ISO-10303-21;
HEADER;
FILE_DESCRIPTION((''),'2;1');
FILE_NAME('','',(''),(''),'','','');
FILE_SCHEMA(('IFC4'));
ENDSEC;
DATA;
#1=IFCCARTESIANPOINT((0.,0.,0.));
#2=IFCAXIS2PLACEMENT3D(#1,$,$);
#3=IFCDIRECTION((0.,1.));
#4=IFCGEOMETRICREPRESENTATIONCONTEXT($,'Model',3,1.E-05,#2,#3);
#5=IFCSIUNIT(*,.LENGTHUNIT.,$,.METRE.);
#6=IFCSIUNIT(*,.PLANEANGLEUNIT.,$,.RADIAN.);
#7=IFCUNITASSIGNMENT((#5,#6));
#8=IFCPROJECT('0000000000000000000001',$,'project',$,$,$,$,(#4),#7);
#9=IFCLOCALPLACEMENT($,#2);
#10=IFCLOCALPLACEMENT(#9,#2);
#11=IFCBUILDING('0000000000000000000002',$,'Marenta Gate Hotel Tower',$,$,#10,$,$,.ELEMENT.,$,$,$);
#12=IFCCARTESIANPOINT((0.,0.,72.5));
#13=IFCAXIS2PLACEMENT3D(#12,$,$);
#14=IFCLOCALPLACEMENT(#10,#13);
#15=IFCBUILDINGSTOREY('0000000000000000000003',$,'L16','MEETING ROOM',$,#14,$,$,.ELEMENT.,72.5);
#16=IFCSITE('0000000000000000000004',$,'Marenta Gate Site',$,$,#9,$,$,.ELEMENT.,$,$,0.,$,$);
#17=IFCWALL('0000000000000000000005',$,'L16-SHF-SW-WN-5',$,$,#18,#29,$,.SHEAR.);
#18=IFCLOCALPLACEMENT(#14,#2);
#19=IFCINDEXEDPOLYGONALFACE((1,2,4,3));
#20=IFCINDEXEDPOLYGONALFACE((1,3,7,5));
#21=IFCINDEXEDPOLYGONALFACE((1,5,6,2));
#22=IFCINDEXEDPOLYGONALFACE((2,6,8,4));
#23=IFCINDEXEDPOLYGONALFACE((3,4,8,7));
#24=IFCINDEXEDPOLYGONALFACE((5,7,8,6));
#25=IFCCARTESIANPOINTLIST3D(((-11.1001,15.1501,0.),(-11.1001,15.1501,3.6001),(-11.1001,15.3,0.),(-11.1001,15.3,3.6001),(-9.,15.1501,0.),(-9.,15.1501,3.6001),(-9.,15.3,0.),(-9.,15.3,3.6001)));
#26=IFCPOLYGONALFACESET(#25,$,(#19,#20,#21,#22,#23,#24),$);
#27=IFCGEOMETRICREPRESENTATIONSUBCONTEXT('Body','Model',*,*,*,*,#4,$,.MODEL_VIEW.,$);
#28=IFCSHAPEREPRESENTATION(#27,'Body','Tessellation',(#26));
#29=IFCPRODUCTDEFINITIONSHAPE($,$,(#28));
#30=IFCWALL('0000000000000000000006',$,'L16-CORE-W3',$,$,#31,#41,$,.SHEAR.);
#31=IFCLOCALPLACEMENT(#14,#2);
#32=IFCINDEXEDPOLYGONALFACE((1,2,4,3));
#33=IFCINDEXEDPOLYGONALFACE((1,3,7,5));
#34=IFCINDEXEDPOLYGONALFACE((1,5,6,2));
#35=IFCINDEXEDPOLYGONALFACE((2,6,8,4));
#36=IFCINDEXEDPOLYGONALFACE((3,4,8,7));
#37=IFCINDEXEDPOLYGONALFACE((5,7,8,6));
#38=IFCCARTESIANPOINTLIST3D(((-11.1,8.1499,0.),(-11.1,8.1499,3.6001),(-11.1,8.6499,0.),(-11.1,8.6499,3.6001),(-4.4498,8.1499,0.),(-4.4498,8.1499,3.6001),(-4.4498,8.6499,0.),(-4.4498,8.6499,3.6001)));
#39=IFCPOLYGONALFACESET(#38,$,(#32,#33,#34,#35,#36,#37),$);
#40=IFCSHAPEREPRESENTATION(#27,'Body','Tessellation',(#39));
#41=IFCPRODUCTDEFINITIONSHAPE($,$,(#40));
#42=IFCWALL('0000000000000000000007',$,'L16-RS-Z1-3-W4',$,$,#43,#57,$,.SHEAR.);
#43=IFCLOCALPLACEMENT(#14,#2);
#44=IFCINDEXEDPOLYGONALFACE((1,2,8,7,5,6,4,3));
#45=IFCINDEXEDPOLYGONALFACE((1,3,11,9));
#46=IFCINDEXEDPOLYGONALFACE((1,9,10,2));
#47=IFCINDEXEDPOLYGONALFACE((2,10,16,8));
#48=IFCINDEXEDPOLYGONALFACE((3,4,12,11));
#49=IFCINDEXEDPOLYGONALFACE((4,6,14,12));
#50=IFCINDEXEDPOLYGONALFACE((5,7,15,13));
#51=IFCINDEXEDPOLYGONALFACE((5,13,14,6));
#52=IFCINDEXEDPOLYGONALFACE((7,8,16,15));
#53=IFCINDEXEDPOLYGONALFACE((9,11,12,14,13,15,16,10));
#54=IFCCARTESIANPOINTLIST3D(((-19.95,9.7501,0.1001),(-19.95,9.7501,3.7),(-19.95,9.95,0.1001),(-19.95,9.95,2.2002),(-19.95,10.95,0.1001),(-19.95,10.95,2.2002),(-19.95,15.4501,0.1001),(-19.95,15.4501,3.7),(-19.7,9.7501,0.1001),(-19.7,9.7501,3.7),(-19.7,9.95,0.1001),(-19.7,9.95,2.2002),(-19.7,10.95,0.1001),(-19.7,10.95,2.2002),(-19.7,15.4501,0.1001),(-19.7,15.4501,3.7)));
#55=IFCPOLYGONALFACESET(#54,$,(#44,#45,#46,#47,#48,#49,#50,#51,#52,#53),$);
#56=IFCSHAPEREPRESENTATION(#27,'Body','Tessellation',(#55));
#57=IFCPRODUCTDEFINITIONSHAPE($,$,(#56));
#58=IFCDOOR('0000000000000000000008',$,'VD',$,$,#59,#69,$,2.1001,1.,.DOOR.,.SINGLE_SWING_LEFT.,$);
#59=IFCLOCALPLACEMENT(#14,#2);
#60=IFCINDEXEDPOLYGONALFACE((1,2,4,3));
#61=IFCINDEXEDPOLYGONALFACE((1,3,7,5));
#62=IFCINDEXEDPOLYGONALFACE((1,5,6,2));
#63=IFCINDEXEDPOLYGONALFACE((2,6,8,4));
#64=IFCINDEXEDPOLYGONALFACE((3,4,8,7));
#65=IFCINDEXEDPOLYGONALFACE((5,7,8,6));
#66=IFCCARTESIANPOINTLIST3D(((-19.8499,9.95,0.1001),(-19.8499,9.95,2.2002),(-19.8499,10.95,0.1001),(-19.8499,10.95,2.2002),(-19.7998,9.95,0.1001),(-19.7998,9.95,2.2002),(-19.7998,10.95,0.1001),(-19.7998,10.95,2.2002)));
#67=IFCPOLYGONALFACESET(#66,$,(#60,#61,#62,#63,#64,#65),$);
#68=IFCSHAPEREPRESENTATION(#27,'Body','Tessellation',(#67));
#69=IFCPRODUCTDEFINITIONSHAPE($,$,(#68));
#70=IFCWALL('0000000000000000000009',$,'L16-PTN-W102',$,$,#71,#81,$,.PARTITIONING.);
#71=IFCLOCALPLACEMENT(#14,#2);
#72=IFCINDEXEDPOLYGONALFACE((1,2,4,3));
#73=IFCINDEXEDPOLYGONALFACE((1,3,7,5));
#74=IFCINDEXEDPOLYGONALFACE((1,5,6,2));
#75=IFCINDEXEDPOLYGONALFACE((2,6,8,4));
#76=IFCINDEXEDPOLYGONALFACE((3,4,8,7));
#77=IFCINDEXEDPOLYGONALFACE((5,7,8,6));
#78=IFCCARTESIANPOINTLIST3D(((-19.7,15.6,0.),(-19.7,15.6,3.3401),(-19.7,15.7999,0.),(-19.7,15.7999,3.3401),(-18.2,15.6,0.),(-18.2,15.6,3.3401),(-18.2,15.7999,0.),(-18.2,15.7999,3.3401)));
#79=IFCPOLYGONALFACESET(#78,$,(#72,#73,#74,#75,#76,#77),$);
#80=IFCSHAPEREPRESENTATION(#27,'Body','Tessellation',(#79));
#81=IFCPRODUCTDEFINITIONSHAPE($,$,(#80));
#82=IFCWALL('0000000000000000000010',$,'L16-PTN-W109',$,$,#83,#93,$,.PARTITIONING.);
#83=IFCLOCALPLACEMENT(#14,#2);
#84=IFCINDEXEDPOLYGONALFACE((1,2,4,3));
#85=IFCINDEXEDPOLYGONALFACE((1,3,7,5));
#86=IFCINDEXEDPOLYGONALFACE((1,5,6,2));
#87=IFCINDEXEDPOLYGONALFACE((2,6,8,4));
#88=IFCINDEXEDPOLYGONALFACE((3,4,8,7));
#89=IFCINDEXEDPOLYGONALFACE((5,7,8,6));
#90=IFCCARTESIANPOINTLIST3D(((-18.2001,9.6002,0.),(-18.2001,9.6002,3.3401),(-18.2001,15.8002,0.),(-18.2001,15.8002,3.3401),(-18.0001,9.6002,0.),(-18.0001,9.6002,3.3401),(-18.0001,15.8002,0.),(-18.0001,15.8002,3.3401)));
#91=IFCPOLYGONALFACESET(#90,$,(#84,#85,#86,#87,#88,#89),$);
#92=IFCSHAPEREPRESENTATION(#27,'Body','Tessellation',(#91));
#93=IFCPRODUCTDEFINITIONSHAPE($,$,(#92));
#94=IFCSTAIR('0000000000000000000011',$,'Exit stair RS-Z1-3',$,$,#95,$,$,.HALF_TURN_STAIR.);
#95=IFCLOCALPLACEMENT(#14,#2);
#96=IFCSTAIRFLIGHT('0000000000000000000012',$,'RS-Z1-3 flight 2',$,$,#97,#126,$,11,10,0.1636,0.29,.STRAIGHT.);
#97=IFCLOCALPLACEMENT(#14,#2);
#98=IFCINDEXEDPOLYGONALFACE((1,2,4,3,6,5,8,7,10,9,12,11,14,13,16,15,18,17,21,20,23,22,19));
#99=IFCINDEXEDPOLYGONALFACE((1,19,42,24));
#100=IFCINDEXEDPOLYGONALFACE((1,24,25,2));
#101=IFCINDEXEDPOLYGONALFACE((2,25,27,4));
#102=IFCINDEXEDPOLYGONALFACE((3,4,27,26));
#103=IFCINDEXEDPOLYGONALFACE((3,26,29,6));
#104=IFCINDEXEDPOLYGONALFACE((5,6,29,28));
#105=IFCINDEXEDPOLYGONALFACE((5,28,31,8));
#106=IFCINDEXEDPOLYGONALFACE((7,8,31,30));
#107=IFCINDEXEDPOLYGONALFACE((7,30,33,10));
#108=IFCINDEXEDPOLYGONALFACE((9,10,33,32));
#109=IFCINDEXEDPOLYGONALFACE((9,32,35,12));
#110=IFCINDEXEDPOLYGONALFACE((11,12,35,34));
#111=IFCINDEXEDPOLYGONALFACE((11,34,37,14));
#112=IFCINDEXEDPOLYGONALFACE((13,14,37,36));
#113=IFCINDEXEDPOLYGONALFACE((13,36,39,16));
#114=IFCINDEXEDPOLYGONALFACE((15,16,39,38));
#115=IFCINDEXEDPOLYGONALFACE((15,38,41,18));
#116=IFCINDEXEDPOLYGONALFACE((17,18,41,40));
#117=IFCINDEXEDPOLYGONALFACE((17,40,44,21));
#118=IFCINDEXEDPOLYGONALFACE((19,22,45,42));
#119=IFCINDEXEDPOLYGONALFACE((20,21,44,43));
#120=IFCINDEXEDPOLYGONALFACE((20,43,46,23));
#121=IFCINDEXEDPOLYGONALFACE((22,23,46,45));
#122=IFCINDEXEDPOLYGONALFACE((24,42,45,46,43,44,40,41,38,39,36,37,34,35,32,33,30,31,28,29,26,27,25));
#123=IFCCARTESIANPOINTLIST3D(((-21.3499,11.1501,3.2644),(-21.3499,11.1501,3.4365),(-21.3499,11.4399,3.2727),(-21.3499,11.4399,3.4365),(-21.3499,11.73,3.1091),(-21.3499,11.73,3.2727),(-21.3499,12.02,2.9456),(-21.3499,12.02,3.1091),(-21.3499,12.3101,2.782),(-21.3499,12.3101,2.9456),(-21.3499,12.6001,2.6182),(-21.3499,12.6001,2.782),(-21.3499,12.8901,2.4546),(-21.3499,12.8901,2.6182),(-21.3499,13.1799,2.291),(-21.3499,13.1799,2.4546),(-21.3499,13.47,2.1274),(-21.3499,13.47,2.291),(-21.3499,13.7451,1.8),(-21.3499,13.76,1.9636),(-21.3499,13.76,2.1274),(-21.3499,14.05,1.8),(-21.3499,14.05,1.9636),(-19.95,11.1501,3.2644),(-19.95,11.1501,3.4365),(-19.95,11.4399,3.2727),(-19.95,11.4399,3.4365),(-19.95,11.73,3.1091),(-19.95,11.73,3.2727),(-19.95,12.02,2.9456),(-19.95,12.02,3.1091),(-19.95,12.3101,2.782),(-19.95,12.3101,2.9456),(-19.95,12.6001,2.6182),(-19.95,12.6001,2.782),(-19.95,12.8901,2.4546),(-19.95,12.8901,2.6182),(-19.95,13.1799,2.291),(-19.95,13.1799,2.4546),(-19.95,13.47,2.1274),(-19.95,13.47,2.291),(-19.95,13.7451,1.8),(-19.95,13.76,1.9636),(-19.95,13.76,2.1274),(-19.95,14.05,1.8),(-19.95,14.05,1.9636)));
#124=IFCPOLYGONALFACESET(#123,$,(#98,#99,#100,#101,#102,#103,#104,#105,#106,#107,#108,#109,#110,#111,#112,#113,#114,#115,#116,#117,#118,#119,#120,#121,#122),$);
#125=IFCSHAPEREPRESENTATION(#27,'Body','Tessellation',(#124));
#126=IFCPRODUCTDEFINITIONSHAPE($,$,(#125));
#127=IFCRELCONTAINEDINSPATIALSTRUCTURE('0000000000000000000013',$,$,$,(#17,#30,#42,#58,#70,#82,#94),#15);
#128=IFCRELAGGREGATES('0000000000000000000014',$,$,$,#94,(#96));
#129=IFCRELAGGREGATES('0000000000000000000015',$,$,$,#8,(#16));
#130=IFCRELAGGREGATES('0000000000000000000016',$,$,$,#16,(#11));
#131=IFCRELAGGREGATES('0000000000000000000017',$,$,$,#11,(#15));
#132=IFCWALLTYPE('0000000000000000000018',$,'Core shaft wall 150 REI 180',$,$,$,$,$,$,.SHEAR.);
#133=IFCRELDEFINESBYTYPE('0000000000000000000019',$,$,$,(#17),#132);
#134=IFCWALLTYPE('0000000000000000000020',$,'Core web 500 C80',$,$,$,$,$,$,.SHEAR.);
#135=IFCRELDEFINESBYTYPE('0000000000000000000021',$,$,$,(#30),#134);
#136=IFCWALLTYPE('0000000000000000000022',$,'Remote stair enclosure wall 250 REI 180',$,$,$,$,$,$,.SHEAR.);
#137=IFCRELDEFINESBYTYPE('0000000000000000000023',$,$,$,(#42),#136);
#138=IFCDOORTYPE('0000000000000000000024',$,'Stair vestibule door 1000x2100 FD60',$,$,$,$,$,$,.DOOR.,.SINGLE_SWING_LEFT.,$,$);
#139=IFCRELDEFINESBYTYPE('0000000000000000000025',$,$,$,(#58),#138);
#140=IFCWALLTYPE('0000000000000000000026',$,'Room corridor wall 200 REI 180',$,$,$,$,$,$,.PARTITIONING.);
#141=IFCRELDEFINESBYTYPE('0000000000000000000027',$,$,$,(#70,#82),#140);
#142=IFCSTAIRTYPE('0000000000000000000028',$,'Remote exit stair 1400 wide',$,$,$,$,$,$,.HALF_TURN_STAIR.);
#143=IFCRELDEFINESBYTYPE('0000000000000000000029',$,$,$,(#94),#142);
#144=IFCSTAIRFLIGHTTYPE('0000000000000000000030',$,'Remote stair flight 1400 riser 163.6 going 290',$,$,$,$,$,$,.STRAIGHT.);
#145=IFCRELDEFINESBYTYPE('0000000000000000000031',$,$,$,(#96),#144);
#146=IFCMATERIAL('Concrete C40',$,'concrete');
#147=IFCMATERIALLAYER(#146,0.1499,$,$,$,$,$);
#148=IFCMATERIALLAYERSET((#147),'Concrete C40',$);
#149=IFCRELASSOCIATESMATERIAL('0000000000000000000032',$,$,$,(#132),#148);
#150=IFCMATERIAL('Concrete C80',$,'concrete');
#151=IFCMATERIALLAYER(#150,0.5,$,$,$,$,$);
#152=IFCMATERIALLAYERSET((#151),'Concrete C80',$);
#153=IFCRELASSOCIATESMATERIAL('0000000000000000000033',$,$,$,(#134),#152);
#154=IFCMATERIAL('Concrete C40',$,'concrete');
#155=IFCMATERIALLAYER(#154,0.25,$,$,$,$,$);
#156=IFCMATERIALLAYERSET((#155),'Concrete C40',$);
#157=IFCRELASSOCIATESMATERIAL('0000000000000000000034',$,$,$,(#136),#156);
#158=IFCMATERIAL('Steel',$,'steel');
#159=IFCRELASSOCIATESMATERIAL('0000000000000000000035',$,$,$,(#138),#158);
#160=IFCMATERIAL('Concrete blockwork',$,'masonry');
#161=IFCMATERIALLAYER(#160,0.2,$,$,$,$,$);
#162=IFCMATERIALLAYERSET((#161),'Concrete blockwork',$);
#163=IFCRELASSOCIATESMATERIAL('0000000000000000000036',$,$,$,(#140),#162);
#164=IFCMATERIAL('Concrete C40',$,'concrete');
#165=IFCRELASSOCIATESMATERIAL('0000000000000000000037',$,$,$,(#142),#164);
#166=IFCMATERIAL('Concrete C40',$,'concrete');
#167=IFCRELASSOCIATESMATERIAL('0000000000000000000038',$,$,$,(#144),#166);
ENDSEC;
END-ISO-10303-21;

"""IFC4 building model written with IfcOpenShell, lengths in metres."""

from ifc_helpers import new_model, si_unit, direction, frame, frame_2d, origin, place, context, subcontext, project, spatial, polyline, rectangle, outline, extrude, material, layer, layer_set, type_object, element, fill, aggregate, save


model = new_model("IFC4")

# Units and contexts
model_context = context("Model", 3, precision=1e-05, world=origin(), true_north=direction((0.0, 1.0)))
body_context = subcontext(model_context, "Body", "Model", "MODEL_VIEW")
ifc_project = project(units=[si_unit("LENGTHUNIT", "METRE"), si_unit("PLANEANGLEUNIT", "RADIAN")], contexts=[model_context])

# Site, building, storey
site_placement = place(None, origin())
site = spatial("IfcSite", under=ifc_project, at=site_placement, Name="Marenta Gate Site", CompositionType="ELEMENT", RefElevation=0.0)
building_placement = place(site_placement, origin())
building = spatial("IfcBuilding", under=site, at=building_placement, Name="Marenta Gate Hotel Tower", CompositionType="ELEMENT")
storey_placement = place(building_placement, frame((0.0, 0.0, 72.5)))
storey = spatial("IfcBuildingStorey", under=building, at=storey_placement, Name="L16", Description="MEETING ROOM", CompositionType="ELEMENT", Elevation=72.5)

# Walls
ifc_material_1 = material(Name="Concrete C40", Category="concrete")
ifc_layer_1 = layer(ifc_material_1, 0.1499)
ifc_layer_set_1 = layer_set([ifc_layer_1], Name="Concrete C40")
wall_type_1 = type_object("IfcWallType", Name="Core shaft wall 150 REI 180", PredefinedType="SHEAR", material=ifc_layer_set_1)
for number, where, z_axis, x_axis, name in (
    (1, (-11.1001, 15.2251, 0.0), (0.0, 0.0, 1.0), (1.0, 0.0, 0.0), "L16-SHF-SW-WN-5"),
):
    element("IfcWall", number, at=place(storey_placement, frame(where, z_axis=z_axis, x_axis=x_axis)), inside=storey, type_object=wall_type_1, Name=name, PredefinedType="SHEAR", context=body_context, shape_type="SweptSolid", body=[
        extrude(rectangle(XDim=2.1001, YDim=0.1499, at=frame_2d((1.05, 0.0))), origin(), (0.0, 0.0, 1.0), 3.6001),
    ])
ifc_material_2 = material(Name="Concrete C80", Category="concrete")
ifc_layer_2 = layer(ifc_material_2, 0.5)
ifc_layer_set_2 = layer_set([ifc_layer_2], Name="Concrete C80")
wall_type_2 = type_object("IfcWallType", Name="Core web 500 C80", PredefinedType="SHEAR", material=ifc_layer_set_2)
wall_1_placement = place(storey_placement, frame((-11.1001, 8.3999, 0.0), z_axis=(0.0, 0.0, 1.0), x_axis=(1.0, 0.0, 0.0)))
element("IfcWall", 2, at=wall_1_placement, inside=storey, type_object=wall_type_2, Name="L16-CORE-W3", PredefinedType="SHEAR", context=body_context, shape_type="SweptSolid", body=[
    extrude(rectangle(XDim=6.6501, YDim=0.5, at=frame_2d((3.3252, 0.0))), origin(), (0.0, 0.0, 1.0), 3.6001),
])

# Wall, opening, door
ifc_material_3 = material(Name="Concrete C40", Category="concrete")
ifc_layer_3 = layer(ifc_material_3, 0.25)
ifc_layer_set_3 = layer_set([ifc_layer_3], Name="Concrete C40")
wall_type_3 = type_object("IfcWallType", Name="Remote stair enclosure wall 250 REI 180", PredefinedType="SHEAR", material=ifc_layer_set_3)
wall_2_placement = place(storey_placement, frame((-19.825, 9.75, 0.1001), z_axis=(0.0, 0.0, 1.0), x_axis=(0.0, 1.0, 0.0)))
wall_2 = element("IfcWall", 3, at=wall_2_placement, inside=storey, type_object=wall_type_3, Name="L16-RS-Z1-3-W4", PredefinedType="SHEAR", context=body_context, shape_type="SweptSolid", body=[
    extrude(rectangle(XDim=5.7, YDim=0.25, at=frame_2d((2.8501, 0.0))), origin(), (0.0, 0.0, 1.0), 3.5999),
])
opening_1_placement = place(wall_2_placement, frame((0.2, 0.0, 0.0)))
opening_1 = element("IfcOpeningElement", 4, at=opening_1_placement, cuts=wall_2, PredefinedType="OPENING", context=body_context, shape_type="SweptSolid", body=[
    extrude(rectangle(XDim=1.0, YDim=2.1001, at=frame_2d((0.5, 1.05))), frame((0.0, 0.125, 0.0), z_axis=(0.0, -1.0, 0.0), x_axis=(1.0, 0.0, 0.0)), (0.0, 0.0, 1.0), 0.25),
])
ifc_material_4 = material(Name="Steel", Category="steel")
door_type_1 = type_object("IfcDoorType", Name="Stair vestibule door 1000x2100 FD60", OperationType="SINGLE_SWING_LEFT", PredefinedType="DOOR", material=ifc_material_4)
door_1_placement = place(opening_1_placement, origin())
door_1 = element("IfcDoor", 5, at=door_1_placement, inside=storey, type_object=door_type_1, Name="VD", OperationType="SINGLE_SWING_LEFT", OverallHeight=2.1001, OverallWidth=1.0, PredefinedType="DOOR", context=body_context, shape_type="SweptSolid", body=[
    extrude(rectangle(XDim=1.0, YDim=2.1001, at=frame_2d((0.5, 1.05))), frame((0.0, 0.0249, 0.0), z_axis=(0.0, -1.0, 0.0), x_axis=(1.0, 0.0, 0.0)), (0.0, 0.0, 1.0), 0.05),
])
fill(opening_1, door_1)
ifc_material_5 = material(Name="Concrete blockwork", Category="masonry")
ifc_layer_4 = layer(ifc_material_5, 0.2)
ifc_layer_set_4 = layer_set([ifc_layer_4], Name="Concrete blockwork")
wall_type_4 = type_object("IfcWallType", Name="Room corridor wall 200 REI 180", PredefinedType="PARTITIONING", material=ifc_layer_set_4)

# Walls
wall_3_placement = place(storey_placement, frame((-19.7, 15.7, 0.0), z_axis=(0.0, 0.0, 1.0), x_axis=(1.0, 0.0, 0.0)))
element("IfcWall", 6, at=wall_3_placement, inside=storey, type_object=wall_type_4, Name="L16-PTN-W102", PredefinedType="PARTITIONING", context=body_context, shape_type="SweptSolid", body=[
    extrude(rectangle(XDim=1.5, YDim=0.2, at=frame_2d((0.75, 0.0))), origin(), (0.0, 0.0, 1.0), 3.3401),
])
wall_4_placement = place(storey_placement, frame((-18.1001, 9.6001, 0.0), z_axis=(0.0, 0.0, 1.0), x_axis=(0.0, 1.0, 0.0)))
element("IfcWall", 7, at=wall_4_placement, inside=storey, type_object=wall_type_4, Name="L16-PTN-W109", PredefinedType="PARTITIONING", context=body_context, shape_type="SweptSolid", body=[
    extrude(rectangle(XDim=6.2, YDim=0.2, at=frame_2d((3.1001, 0.0))), origin(), (0.0, 0.0, 1.0), 3.3401),
])

# Stair, stair flight
ifc_material_6 = material(Name="Concrete C40", Category="concrete")
stair_type = type_object("IfcStairType", Name="Remote exit stair 1400 wide", PredefinedType="HALF_TURN_STAIR", material=ifc_material_6)
stair_placement = place(storey_placement, origin())
stair = element("IfcStair", 8, at=stair_placement, inside=storey, type_object=stair_type, Name="Exit stair RS-Z1-3", PredefinedType="HALF_TURN_STAIR")
ifc_material_7 = material(Name="Concrete C40", Category="concrete")
stair_flight_type = type_object("IfcStairFlightType", Name="Remote stair flight 1400 riser 163.6 going 290", PredefinedType="STRAIGHT", material=ifc_material_7)
stair_flight_placement = place(storey_placement, frame((-20.6499, 14.05, 1.8), z_axis=(0.0, 0.0, 1.0), x_axis=(0.0, -1.0, 0.0)))
stair_flight = element("IfcStairFlight", 9, at=stair_flight_placement, type_object=stair_flight_type, Name="RS-Z1-3 flight 2", NumberOfRisers=11, NumberOfTreads=10, PredefinedType="STRAIGHT", RiserHeight=0.1636, TreadLength=0.29, context=body_context, shape_type="SweptSolid", body=[
    extrude(outline(polyline([(0.0, 0.0), (0.0, 0.1636), (0.29, 0.1636), (0.29, 0.3274), (0.5801, 0.3274), (0.5801, 0.491), (0.8701, 0.491), (0.8701, 0.6545), (1.1599, 0.6545), (1.1599, 0.8181), (1.45, 0.8181), (1.45, 0.9819), (1.74, 0.9819), (1.74, 1.1455), (2.03, 1.1455), (2.03, 1.3091), (2.3201, 1.3091), (2.3201, 1.4727), (2.6101, 1.4727), (2.6101, 1.6365), (2.8999, 1.6365), (2.8999, 1.8), (2.8999, 1.4644), (0.3049, 0.0), (0.0, 0.0)])), frame((0.0, 0.7, 0.0), z_axis=(0.0, -1.0, 0.0), x_axis=(1.0, 0.0, 0.0)), (0.0, 0.0, 1.0), 1.3999),
])
aggregate(stair, [stair_flight])

save(model, "model.ifc")
